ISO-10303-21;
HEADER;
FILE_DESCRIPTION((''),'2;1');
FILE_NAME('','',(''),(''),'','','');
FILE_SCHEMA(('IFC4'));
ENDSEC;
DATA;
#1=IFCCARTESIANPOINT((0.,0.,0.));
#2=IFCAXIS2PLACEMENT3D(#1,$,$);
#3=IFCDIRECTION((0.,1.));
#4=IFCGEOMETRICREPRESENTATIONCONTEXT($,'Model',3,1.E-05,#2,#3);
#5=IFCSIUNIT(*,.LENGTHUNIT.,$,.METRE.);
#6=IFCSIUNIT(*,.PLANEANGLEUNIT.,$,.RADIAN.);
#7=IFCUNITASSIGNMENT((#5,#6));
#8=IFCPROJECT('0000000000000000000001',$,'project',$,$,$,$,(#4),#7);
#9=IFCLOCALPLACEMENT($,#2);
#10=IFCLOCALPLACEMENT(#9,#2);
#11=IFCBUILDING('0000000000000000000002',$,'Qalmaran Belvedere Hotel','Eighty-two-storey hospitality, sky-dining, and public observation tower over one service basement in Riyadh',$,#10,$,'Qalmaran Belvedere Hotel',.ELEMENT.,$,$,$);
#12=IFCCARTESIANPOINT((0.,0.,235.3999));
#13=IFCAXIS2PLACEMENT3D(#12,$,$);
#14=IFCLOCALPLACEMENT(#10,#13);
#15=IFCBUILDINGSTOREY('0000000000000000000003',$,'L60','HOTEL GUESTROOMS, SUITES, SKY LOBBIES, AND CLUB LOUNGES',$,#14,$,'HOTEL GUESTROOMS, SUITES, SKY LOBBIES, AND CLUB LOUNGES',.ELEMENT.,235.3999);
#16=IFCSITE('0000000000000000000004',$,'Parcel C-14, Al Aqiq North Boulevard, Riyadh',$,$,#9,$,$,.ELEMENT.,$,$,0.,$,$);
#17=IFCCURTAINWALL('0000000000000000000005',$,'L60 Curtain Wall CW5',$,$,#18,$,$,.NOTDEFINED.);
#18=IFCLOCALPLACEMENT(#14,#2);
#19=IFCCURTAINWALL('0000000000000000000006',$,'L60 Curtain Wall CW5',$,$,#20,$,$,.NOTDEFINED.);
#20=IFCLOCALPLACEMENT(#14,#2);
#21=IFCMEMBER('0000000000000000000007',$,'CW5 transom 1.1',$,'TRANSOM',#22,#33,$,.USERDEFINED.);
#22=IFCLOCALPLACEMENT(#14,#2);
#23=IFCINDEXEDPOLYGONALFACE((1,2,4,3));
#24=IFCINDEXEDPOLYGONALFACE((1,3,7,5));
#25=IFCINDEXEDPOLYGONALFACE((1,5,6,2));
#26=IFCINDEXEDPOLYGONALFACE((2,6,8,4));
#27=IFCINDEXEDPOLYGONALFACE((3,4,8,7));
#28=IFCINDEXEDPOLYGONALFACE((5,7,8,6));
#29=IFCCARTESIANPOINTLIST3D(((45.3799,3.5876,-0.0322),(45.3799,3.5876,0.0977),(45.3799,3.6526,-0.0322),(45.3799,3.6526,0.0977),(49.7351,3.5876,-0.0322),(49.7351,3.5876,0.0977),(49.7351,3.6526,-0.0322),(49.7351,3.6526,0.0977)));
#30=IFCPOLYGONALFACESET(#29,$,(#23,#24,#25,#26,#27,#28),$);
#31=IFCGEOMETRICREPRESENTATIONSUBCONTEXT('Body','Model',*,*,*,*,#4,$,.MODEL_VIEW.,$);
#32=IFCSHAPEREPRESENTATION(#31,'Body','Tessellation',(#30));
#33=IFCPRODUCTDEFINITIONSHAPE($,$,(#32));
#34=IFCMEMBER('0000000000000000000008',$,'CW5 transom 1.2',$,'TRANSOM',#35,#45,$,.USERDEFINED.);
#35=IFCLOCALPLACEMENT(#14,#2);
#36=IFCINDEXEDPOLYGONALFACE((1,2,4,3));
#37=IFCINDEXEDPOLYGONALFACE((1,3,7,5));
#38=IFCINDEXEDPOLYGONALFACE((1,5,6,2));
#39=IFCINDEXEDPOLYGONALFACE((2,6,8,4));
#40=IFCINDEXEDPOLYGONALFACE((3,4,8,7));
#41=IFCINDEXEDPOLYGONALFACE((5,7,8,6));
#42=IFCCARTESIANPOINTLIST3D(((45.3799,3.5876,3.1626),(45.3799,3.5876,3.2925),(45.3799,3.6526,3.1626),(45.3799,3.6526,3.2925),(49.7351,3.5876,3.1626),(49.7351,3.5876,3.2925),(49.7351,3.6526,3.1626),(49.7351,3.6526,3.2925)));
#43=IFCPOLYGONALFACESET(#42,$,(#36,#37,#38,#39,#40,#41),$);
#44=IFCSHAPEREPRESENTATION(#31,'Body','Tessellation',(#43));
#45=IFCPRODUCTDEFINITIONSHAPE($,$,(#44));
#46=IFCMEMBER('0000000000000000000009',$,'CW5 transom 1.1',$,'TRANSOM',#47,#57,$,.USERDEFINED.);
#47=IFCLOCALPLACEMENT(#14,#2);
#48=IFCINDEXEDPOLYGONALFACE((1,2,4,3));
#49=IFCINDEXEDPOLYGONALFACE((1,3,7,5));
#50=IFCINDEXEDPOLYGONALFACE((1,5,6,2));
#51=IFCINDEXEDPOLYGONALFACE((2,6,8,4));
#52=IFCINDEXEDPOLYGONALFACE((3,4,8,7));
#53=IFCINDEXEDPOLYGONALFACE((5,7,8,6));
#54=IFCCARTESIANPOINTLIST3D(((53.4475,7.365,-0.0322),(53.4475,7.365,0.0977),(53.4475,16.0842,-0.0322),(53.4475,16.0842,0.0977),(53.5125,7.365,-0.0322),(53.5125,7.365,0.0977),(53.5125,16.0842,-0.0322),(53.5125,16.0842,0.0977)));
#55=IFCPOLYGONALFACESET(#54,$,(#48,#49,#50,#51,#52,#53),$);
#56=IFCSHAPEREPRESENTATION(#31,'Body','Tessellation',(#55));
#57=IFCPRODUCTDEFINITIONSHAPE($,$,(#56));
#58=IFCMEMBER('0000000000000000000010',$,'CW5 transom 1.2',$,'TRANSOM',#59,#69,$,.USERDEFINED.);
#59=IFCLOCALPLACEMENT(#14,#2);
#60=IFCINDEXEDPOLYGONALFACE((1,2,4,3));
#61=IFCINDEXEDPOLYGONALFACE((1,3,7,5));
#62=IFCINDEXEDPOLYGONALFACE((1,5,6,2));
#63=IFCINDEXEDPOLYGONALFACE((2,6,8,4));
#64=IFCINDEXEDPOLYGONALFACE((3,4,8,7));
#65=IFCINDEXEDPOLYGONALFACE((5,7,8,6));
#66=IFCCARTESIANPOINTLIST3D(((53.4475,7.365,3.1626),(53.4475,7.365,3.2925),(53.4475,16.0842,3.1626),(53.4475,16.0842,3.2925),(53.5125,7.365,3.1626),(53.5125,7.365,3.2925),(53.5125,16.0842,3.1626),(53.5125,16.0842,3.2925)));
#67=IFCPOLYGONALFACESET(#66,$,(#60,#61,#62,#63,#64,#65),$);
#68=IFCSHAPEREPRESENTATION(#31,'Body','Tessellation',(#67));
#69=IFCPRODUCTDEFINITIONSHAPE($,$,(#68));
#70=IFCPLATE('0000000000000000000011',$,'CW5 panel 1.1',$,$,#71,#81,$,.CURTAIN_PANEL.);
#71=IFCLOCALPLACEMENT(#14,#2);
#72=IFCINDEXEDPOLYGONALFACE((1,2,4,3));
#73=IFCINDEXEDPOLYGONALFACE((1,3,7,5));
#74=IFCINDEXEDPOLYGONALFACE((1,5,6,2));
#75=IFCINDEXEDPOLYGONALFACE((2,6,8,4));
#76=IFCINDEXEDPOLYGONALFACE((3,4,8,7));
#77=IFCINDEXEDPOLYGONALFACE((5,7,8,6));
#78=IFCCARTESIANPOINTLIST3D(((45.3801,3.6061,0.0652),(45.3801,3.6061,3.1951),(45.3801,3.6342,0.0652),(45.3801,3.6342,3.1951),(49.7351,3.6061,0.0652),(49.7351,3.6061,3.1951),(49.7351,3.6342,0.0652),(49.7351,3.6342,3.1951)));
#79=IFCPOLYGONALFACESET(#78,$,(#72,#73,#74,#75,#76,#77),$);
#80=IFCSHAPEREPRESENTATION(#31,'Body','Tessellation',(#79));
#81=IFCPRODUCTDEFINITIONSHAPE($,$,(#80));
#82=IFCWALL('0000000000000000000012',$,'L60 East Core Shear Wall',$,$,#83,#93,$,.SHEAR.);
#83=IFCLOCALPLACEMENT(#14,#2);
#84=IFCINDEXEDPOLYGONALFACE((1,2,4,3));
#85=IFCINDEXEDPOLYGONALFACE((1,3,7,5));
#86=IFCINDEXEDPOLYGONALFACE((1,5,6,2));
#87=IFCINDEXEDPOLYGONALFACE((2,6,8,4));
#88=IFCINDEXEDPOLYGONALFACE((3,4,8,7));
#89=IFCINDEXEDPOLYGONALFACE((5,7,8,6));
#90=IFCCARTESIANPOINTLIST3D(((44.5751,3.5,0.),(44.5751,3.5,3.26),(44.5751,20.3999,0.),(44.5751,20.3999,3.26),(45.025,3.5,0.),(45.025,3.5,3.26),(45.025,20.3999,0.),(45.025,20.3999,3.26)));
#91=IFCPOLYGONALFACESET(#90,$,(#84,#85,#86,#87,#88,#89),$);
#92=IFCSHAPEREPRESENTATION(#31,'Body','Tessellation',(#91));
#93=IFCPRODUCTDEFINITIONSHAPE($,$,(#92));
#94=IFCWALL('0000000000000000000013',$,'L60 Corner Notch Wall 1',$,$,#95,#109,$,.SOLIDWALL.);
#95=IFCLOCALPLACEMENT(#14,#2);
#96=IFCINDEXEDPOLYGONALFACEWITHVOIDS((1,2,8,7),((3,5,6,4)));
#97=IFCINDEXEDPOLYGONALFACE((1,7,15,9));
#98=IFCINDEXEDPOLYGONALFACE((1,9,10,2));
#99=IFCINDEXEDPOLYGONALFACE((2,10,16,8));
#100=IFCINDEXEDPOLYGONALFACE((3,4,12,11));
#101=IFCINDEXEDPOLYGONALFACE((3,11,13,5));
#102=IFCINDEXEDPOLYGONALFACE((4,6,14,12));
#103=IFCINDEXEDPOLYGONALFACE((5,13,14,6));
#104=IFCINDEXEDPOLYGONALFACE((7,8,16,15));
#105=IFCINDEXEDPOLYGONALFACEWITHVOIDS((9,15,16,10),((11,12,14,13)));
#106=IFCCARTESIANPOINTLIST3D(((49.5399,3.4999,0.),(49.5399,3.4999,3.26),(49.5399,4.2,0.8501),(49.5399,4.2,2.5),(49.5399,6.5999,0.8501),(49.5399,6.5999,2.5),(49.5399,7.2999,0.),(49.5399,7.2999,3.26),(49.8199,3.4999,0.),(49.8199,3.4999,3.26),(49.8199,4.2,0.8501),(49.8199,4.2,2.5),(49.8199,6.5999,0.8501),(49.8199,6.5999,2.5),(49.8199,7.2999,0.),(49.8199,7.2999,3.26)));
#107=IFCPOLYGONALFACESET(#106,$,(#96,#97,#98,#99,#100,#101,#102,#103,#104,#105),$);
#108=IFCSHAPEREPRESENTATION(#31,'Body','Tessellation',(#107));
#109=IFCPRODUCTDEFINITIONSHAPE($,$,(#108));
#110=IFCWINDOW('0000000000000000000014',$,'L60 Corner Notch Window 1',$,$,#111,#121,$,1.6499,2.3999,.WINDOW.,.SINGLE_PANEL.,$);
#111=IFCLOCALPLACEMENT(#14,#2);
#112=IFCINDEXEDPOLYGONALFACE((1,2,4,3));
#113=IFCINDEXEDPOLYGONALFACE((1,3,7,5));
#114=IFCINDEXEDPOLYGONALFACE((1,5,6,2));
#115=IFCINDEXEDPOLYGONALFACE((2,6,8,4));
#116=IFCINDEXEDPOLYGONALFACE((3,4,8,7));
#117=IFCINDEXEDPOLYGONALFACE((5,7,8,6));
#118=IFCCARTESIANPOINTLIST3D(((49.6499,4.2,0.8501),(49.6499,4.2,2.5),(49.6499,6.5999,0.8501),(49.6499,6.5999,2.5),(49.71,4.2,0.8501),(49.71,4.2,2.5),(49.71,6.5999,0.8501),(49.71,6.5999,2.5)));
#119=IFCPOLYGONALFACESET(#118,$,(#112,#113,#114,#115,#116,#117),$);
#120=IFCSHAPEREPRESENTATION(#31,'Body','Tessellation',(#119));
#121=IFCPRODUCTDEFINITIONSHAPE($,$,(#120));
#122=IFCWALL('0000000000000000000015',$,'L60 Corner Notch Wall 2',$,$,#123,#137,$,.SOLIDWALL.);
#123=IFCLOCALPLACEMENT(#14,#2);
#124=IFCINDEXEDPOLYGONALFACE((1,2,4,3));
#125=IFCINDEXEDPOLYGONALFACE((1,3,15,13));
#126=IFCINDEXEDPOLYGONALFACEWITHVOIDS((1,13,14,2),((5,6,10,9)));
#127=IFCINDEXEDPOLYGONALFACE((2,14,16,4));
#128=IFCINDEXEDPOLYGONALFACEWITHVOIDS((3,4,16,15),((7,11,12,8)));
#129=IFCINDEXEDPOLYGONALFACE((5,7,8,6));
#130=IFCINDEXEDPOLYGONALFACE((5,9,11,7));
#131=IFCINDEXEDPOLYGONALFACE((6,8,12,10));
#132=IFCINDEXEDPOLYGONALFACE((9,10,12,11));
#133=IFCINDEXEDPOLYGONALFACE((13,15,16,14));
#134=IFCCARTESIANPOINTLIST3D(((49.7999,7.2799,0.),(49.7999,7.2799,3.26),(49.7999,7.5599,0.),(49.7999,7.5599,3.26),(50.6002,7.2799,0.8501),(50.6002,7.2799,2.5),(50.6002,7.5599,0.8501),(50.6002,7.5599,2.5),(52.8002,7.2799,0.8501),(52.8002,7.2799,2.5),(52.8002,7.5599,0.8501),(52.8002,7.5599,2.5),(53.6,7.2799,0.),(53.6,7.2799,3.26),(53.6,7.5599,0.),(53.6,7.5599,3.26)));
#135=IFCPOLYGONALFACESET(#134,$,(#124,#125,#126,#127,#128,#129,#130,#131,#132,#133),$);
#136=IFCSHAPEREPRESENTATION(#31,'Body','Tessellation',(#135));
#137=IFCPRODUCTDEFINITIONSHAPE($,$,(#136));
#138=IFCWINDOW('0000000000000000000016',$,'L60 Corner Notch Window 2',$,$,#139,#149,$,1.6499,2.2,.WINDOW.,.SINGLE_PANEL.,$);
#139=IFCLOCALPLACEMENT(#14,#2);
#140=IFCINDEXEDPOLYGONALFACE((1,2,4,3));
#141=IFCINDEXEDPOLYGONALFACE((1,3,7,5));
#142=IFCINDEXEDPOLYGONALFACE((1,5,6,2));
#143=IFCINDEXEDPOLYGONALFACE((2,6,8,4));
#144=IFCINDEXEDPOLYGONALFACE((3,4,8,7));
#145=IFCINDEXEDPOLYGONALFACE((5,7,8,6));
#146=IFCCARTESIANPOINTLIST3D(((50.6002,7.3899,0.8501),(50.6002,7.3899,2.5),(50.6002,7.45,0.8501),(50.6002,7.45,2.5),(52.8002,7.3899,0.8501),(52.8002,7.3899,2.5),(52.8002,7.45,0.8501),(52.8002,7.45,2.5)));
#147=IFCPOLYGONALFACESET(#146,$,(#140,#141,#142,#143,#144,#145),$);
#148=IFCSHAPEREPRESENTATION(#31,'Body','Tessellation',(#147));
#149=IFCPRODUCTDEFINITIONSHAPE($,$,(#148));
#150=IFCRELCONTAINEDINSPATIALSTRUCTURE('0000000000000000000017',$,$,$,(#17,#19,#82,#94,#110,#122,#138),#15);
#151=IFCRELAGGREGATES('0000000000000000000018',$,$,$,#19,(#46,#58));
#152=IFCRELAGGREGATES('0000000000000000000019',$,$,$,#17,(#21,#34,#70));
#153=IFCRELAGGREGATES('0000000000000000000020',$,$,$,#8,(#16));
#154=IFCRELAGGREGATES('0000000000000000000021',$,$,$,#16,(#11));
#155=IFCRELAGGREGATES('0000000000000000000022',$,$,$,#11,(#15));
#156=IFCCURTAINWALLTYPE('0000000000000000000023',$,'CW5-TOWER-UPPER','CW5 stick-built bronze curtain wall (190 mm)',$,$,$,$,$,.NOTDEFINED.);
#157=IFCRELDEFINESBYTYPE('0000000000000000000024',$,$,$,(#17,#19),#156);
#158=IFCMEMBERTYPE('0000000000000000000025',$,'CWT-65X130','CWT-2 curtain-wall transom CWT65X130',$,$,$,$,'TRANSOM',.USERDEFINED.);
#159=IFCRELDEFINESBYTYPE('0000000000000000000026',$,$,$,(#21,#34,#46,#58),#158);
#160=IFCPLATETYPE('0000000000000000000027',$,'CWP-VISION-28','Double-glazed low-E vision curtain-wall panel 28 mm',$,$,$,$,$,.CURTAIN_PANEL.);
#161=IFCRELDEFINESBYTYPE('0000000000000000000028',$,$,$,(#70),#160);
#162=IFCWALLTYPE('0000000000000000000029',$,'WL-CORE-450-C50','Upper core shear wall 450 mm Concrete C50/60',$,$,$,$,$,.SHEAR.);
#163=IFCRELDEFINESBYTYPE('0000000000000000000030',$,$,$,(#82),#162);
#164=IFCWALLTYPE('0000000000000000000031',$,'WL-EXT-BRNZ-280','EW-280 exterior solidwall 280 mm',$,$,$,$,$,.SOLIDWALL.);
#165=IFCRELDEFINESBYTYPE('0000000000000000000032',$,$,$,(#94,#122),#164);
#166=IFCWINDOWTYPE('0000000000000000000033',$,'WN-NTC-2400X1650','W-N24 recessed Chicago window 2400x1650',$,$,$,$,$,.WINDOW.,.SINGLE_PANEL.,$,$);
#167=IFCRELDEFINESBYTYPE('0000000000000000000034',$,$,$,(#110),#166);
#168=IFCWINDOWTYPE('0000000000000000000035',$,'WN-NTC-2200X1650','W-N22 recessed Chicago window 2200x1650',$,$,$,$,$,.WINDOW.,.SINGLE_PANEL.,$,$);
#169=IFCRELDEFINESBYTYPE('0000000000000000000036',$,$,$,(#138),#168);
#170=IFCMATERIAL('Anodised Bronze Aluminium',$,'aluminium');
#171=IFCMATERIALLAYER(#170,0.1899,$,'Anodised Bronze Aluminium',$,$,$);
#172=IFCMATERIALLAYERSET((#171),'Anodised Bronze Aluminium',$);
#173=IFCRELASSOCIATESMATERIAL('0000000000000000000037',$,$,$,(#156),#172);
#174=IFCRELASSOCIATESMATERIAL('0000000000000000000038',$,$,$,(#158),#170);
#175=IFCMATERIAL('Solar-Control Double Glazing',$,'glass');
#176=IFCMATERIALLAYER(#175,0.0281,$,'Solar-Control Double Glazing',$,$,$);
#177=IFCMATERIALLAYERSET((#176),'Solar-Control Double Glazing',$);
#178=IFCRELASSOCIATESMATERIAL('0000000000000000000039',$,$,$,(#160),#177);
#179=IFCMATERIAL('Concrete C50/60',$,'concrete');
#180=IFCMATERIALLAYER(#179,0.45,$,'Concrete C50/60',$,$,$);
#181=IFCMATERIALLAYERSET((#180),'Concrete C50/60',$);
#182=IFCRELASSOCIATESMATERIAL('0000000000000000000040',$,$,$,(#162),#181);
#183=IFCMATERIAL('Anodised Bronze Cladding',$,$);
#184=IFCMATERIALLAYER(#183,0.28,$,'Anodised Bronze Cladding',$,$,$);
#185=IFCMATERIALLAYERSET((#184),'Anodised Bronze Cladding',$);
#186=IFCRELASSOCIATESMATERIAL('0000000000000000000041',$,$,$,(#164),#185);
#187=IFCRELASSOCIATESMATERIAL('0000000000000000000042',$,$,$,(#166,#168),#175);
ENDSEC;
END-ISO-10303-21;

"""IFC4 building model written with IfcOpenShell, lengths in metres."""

from ifc_helpers import new_model, si_unit, direction, frame, frame_2d, origin, origin_2d, place, context, subcontext, project, spatial, rectangle, extrude, material, layer, layer_set, material_profile, profile_set, type_object, element, fill, aggregate, save


model = new_model("IFC4")

# Units and contexts
model_context = context("Model", 3, precision=1e-05, world=origin(), true_north=direction((0.0, 1.0)))
body_context = subcontext(model_context, "Body", "Model", "MODEL_VIEW")
ifc_project = project(units=[si_unit("LENGTHUNIT", "METRE"), si_unit("PLANEANGLEUNIT", "RADIAN")], contexts=[model_context])

# Site, building, storey
site_placement = place(None, origin())
site = spatial("IfcSite", under=ifc_project, at=site_placement, Name="Parcel C-14, Al Aqiq North Boulevard, Riyadh", CompositionType="ELEMENT", RefElevation=0.0)
building_placement = place(site_placement, origin())
building = spatial("IfcBuilding", under=site, at=building_placement, Name="Qalmaran Belvedere Hotel", Description="Eighty-two-storey hospitality, sky-dining, and public observation tower over one service basement in Riyadh", LongName="Qalmaran Belvedere Hotel", CompositionType="ELEMENT")
storey_placement = place(building_placement, frame((0.0, 0.0, 235.3999)))
storey = spatial("IfcBuildingStorey", under=building, at=storey_placement, Name="L60", Description="HOTEL GUESTROOMS, SUITES, SKY LOBBIES, AND CLUB LOUNGES", LongName="HOTEL GUESTROOMS, SUITES, SKY LOBBIES, AND CLUB LOUNGES", CompositionType="ELEMENT", Elevation=235.3999)

# Shared definitions
ifc_material_1 = material(Name="Concrete C50/60", Category="concrete")

# Curtain wall
ifc_material_2 = material(Name="Anodised Bronze Aluminium", Category="aluminium")
ifc_layer_1 = layer(ifc_material_2, 0.1899, Name="Anodised Bronze Aluminium")
ifc_layer_set_1 = layer_set([ifc_layer_1], Name="Anodised Bronze Aluminium")
curtain_wall_type = type_object("IfcCurtainWallType", Name="CW5-TOWER-UPPER", Description="CW5 stick-built bronze curtain wall (190 mm)", PredefinedType="NOTDEFINED", material=ifc_layer_set_1)
curtain_wall_1_placement = place(storey_placement, origin())
curtain_wall_1 = element("IfcCurtainWall", 1, at=curtain_wall_1_placement, inside=storey, type_object=curtain_wall_type, Name="L60 Curtain Wall CW5", PredefinedType="NOTDEFINED")

# Curtain wall
curtain_wall_2_placement = place(storey_placement, origin())
curtain_wall_2 = element("IfcCurtainWall", 2, at=curtain_wall_2_placement, inside=storey, type_object=curtain_wall_type, Name="L60 Curtain Wall CW5", PredefinedType="NOTDEFINED")

# Members
ifc_material_profile_1 = material_profile(ifc_material_2, rectangle(XDim=0.0649, YDim=0.1299, at=origin_2d()), Name="CWT65X130")
ifc_profile_set_1 = profile_set([ifc_material_profile_1], Name="Anodised Bronze Aluminium")
member_type_1 = type_object("IfcMemberType", Name="CWT-65X130", Description="CWT-2 curtain-wall transom CWT65X130", ElementType="TRANSOM", PredefinedType="USERDEFINED", material=ifc_profile_set_1)
member_1_placement = place(storey_placement, frame((45.3799, 3.6201, 0.0327), z_axis=(1.0, 0.0, 0.0), x_axis=(0.0, 1.0, 0.0)))
member_1 = element("IfcMember", 3, at=member_1_placement, type_object=member_type_1, Name="CW5 transom 1.1", ObjectType="TRANSOM", PredefinedType="USERDEFINED", context=body_context, shape_type="SweptSolid", body=[
    extrude(rectangle(XDim=0.0649, YDim=0.1299, at=origin_2d()), origin(), (0.0, 0.0, 1.0), 4.3552),
])
member_2_placement = place(storey_placement, frame((45.3799, 3.6201, 3.2275), z_axis=(1.0, 0.0, 0.0), x_axis=(0.0, 1.0, 0.0)))
member_2 = element("IfcMember", 4, at=member_2_placement, type_object=member_type_1, Name="CW5 transom 1.2", ObjectType="TRANSOM", PredefinedType="USERDEFINED", context=body_context, shape_type="SweptSolid", body=[
    extrude(rectangle(XDim=0.0649, YDim=0.1299, at=origin_2d()), origin(), (0.0, 0.0, 1.0), 4.3552),
])
member_3_placement = place(storey_placement, frame((53.48, 7.365, 0.0327), z_axis=(0.0, 1.0, 0.0), x_axis=(-1.0, 0.0, 0.0)))
member_3 = element("IfcMember", 5, at=member_3_placement, type_object=member_type_1, Name="CW5 transom 1.1", ObjectType="TRANSOM", PredefinedType="USERDEFINED", context=body_context, shape_type="SweptSolid", body=[
    extrude(rectangle(XDim=0.0649, YDim=0.1299, at=origin_2d()), origin(), (0.0, 0.0, 1.0), 8.7192),
])
member_4_placement = place(storey_placement, frame((53.48, 7.365, 3.2275), z_axis=(0.0, 1.0, 0.0), x_axis=(-1.0, 0.0, 0.0)))
member_4 = element("IfcMember", 6, at=member_4_placement, type_object=member_type_1, Name="CW5 transom 1.2", ObjectType="TRANSOM", PredefinedType="USERDEFINED", context=body_context, shape_type="SweptSolid", body=[
    extrude(rectangle(XDim=0.0649, YDim=0.1299, at=origin_2d()), origin(), (0.0, 0.0, 1.0), 8.7192),
])
aggregate(curtain_wall_2, [member_3, member_4])

# Plate
ifc_material_3 = material(Name="Solar-Control Double Glazing", Category="glass")
ifc_layer_2 = layer(ifc_material_3, 0.0281, Name="Solar-Control Double Glazing")
ifc_layer_set_2 = layer_set([ifc_layer_2], Name="Solar-Control Double Glazing")
plate_type = type_object("IfcPlateType", Name="CWP-VISION-28", Description="Double-glazed low-E vision curtain-wall panel 28 mm", PredefinedType="CURTAIN_PANEL", material=ifc_layer_set_2)
plate_placement = place(storey_placement, frame((47.5576, 3.6201, 0.0652), z_axis=(0.0, 0.0, 1.0), x_axis=(1.0, 0.0, 0.0)))
plate = element("IfcPlate", 7, at=plate_placement, type_object=plate_type, Name="CW5 panel 1.1", PredefinedType="CURTAIN_PANEL", context=body_context, shape_type="SweptSolid", body=[
    extrude(rectangle(XDim=4.355, YDim=0.0281, at=origin_2d()), origin(), (0.0, 0.0, 1.0), 3.1299),
])
aggregate(curtain_wall_1, [member_1, member_2, plate])

# Wall
ifc_layer_3 = layer(ifc_material_1, 0.45, Name="Concrete C50/60")
ifc_layer_set_3 = layer_set([ifc_layer_3], Name="Concrete C50/60")
wall_type_1 = type_object("IfcWallType", Name="WL-CORE-450-C50", Description="Upper core shear wall 450 mm Concrete C50/60", PredefinedType="SHEAR", material=ifc_layer_set_3)
wall_1_placement = place(storey_placement, frame((44.8, 3.5, 0.0), z_axis=(0.0, 0.0, 1.0), x_axis=(0.0, 1.0, 0.0)))
element("IfcWall", 8, at=wall_1_placement, inside=storey, type_object=wall_type_1, Name="L60 East Core Shear Wall", PredefinedType="SHEAR", context=body_context, shape_type="SweptSolid", body=[
    extrude(rectangle(XDim=16.8999, YDim=0.45, at=frame_2d((8.45, 0.0))), origin(), (0.0, 0.0, 1.0), 3.26),
])

# Walls, openings, windows
ifc_material_4 = material(Name="Anodised Bronze Cladding")
ifc_layer_4 = layer(ifc_material_4, 0.28, Name="Anodised Bronze Cladding")
ifc_layer_set_4 = layer_set([ifc_layer_4], Name="Anodised Bronze Cladding")
wall_type_2 = type_object("IfcWallType", Name="WL-EXT-BRNZ-280", Description="EW-280 exterior solidwall 280 mm", PredefinedType="SOLIDWALL", material=ifc_layer_set_4)
wall_2_placement = place(storey_placement, frame((49.6799, 3.5, 0.0), z_axis=(0.0, 0.0, 1.0), x_axis=(0.0, 1.0, 0.0)))
wall_2 = element("IfcWall", 9, at=wall_2_placement, inside=storey, type_object=wall_type_2, Name="L60 Corner Notch Wall 1", PredefinedType="SOLIDWALL", context=body_context, shape_type="SweptSolid", body=[
    extrude(rectangle(XDim=3.8, YDim=0.28, at=frame_2d((1.8999, 0.0))), origin(), (0.0, 0.0, 1.0), 3.26),
])
opening_1_placement = place(wall_2_placement, frame((0.7, 0.0, 0.8501)))
opening_1 = element("IfcOpeningElement", 10, at=opening_1_placement, cuts=wall_2, PredefinedType="OPENING", context=body_context, shape_type="SweptSolid", body=[
    extrude(rectangle(XDim=2.3999, YDim=1.6499, at=frame_2d((1.2, 0.825))), frame((0.0, 0.1499, 0.0), z_axis=(0.0, -1.0, 0.0), x_axis=(1.0, 0.0, 0.0)), (0.0, 0.0, 1.0), 0.3),
])
window_type_1 = type_object("IfcWindowType", Name="WN-NTC-2400X1650", Description="W-N24 recessed Chicago window 2400x1650", PartitioningType="SINGLE_PANEL", PredefinedType="WINDOW", material=ifc_material_3)
window_1_placement = place(opening_1_placement, origin())
window_1 = element("IfcWindow", 11, at=window_1_placement, inside=storey, type_object=window_type_1, Name="L60 Corner Notch Window 1", OverallHeight=1.6499, OverallWidth=2.3999, PartitioningType="SINGLE_PANEL", PredefinedType="WINDOW", context=body_context, shape_type="SweptSolid", body=[
    extrude(rectangle(XDim=2.3999, YDim=1.6499, at=frame_2d((1.2, 0.825))), frame((0.0, 0.03, 0.0), z_axis=(0.0, -1.0, 0.0), x_axis=(1.0, 0.0, 0.0)), (0.0, 0.0, 1.0), 0.0601),
])
fill(opening_1, window_1)
wall_3_placement = place(storey_placement, frame((49.8, 7.4199, 0.0), z_axis=(0.0, 0.0, 1.0), x_axis=(1.0, 0.0, 0.0)))
wall_3 = element("IfcWall", 12, at=wall_3_placement, inside=storey, type_object=wall_type_2, Name="L60 Corner Notch Wall 2", PredefinedType="SOLIDWALL", context=body_context, shape_type="SweptSolid", body=[
    extrude(rectangle(XDim=3.8, YDim=0.28, at=frame_2d((1.8999, 0.0))), origin(), (0.0, 0.0, 1.0), 3.26),
])
opening_2_placement = place(wall_3_placement, frame((0.8, 0.0, 0.8501)))
opening_2 = element("IfcOpeningElement", 13, at=opening_2_placement, cuts=wall_3, PredefinedType="OPENING", context=body_context, shape_type="SweptSolid", body=[
    extrude(rectangle(XDim=2.2, YDim=1.6499, at=frame_2d((1.1001, 0.825))), frame((0.0, 0.1499, 0.0), z_axis=(0.0, -1.0, 0.0), x_axis=(1.0, 0.0, 0.0)), (0.0, 0.0, 1.0), 0.3),
])
window_type_2 = type_object("IfcWindowType", Name="WN-NTC-2200X1650", Description="W-N22 recessed Chicago window 2200x1650", PartitioningType="SINGLE_PANEL", PredefinedType="WINDOW", material=ifc_material_3)
window_2_placement = place(opening_2_placement, origin())
window_2 = element("IfcWindow", 14, at=window_2_placement, inside=storey, type_object=window_type_2, Name="L60 Corner Notch Window 2", OverallHeight=1.6499, OverallWidth=2.2, PartitioningType="SINGLE_PANEL", PredefinedType="WINDOW", context=body_context, shape_type="SweptSolid", body=[
    extrude(rectangle(XDim=2.2, YDim=1.6499, at=frame_2d((1.1001, 0.825))), frame((0.0, 0.03, 0.0), z_axis=(0.0, -1.0, 0.0), x_axis=(1.0, 0.0, 0.0)), (0.0, 0.0, 1.0), 0.0601),
])
fill(opening_2, window_2)

save(model, "model.ifc")
